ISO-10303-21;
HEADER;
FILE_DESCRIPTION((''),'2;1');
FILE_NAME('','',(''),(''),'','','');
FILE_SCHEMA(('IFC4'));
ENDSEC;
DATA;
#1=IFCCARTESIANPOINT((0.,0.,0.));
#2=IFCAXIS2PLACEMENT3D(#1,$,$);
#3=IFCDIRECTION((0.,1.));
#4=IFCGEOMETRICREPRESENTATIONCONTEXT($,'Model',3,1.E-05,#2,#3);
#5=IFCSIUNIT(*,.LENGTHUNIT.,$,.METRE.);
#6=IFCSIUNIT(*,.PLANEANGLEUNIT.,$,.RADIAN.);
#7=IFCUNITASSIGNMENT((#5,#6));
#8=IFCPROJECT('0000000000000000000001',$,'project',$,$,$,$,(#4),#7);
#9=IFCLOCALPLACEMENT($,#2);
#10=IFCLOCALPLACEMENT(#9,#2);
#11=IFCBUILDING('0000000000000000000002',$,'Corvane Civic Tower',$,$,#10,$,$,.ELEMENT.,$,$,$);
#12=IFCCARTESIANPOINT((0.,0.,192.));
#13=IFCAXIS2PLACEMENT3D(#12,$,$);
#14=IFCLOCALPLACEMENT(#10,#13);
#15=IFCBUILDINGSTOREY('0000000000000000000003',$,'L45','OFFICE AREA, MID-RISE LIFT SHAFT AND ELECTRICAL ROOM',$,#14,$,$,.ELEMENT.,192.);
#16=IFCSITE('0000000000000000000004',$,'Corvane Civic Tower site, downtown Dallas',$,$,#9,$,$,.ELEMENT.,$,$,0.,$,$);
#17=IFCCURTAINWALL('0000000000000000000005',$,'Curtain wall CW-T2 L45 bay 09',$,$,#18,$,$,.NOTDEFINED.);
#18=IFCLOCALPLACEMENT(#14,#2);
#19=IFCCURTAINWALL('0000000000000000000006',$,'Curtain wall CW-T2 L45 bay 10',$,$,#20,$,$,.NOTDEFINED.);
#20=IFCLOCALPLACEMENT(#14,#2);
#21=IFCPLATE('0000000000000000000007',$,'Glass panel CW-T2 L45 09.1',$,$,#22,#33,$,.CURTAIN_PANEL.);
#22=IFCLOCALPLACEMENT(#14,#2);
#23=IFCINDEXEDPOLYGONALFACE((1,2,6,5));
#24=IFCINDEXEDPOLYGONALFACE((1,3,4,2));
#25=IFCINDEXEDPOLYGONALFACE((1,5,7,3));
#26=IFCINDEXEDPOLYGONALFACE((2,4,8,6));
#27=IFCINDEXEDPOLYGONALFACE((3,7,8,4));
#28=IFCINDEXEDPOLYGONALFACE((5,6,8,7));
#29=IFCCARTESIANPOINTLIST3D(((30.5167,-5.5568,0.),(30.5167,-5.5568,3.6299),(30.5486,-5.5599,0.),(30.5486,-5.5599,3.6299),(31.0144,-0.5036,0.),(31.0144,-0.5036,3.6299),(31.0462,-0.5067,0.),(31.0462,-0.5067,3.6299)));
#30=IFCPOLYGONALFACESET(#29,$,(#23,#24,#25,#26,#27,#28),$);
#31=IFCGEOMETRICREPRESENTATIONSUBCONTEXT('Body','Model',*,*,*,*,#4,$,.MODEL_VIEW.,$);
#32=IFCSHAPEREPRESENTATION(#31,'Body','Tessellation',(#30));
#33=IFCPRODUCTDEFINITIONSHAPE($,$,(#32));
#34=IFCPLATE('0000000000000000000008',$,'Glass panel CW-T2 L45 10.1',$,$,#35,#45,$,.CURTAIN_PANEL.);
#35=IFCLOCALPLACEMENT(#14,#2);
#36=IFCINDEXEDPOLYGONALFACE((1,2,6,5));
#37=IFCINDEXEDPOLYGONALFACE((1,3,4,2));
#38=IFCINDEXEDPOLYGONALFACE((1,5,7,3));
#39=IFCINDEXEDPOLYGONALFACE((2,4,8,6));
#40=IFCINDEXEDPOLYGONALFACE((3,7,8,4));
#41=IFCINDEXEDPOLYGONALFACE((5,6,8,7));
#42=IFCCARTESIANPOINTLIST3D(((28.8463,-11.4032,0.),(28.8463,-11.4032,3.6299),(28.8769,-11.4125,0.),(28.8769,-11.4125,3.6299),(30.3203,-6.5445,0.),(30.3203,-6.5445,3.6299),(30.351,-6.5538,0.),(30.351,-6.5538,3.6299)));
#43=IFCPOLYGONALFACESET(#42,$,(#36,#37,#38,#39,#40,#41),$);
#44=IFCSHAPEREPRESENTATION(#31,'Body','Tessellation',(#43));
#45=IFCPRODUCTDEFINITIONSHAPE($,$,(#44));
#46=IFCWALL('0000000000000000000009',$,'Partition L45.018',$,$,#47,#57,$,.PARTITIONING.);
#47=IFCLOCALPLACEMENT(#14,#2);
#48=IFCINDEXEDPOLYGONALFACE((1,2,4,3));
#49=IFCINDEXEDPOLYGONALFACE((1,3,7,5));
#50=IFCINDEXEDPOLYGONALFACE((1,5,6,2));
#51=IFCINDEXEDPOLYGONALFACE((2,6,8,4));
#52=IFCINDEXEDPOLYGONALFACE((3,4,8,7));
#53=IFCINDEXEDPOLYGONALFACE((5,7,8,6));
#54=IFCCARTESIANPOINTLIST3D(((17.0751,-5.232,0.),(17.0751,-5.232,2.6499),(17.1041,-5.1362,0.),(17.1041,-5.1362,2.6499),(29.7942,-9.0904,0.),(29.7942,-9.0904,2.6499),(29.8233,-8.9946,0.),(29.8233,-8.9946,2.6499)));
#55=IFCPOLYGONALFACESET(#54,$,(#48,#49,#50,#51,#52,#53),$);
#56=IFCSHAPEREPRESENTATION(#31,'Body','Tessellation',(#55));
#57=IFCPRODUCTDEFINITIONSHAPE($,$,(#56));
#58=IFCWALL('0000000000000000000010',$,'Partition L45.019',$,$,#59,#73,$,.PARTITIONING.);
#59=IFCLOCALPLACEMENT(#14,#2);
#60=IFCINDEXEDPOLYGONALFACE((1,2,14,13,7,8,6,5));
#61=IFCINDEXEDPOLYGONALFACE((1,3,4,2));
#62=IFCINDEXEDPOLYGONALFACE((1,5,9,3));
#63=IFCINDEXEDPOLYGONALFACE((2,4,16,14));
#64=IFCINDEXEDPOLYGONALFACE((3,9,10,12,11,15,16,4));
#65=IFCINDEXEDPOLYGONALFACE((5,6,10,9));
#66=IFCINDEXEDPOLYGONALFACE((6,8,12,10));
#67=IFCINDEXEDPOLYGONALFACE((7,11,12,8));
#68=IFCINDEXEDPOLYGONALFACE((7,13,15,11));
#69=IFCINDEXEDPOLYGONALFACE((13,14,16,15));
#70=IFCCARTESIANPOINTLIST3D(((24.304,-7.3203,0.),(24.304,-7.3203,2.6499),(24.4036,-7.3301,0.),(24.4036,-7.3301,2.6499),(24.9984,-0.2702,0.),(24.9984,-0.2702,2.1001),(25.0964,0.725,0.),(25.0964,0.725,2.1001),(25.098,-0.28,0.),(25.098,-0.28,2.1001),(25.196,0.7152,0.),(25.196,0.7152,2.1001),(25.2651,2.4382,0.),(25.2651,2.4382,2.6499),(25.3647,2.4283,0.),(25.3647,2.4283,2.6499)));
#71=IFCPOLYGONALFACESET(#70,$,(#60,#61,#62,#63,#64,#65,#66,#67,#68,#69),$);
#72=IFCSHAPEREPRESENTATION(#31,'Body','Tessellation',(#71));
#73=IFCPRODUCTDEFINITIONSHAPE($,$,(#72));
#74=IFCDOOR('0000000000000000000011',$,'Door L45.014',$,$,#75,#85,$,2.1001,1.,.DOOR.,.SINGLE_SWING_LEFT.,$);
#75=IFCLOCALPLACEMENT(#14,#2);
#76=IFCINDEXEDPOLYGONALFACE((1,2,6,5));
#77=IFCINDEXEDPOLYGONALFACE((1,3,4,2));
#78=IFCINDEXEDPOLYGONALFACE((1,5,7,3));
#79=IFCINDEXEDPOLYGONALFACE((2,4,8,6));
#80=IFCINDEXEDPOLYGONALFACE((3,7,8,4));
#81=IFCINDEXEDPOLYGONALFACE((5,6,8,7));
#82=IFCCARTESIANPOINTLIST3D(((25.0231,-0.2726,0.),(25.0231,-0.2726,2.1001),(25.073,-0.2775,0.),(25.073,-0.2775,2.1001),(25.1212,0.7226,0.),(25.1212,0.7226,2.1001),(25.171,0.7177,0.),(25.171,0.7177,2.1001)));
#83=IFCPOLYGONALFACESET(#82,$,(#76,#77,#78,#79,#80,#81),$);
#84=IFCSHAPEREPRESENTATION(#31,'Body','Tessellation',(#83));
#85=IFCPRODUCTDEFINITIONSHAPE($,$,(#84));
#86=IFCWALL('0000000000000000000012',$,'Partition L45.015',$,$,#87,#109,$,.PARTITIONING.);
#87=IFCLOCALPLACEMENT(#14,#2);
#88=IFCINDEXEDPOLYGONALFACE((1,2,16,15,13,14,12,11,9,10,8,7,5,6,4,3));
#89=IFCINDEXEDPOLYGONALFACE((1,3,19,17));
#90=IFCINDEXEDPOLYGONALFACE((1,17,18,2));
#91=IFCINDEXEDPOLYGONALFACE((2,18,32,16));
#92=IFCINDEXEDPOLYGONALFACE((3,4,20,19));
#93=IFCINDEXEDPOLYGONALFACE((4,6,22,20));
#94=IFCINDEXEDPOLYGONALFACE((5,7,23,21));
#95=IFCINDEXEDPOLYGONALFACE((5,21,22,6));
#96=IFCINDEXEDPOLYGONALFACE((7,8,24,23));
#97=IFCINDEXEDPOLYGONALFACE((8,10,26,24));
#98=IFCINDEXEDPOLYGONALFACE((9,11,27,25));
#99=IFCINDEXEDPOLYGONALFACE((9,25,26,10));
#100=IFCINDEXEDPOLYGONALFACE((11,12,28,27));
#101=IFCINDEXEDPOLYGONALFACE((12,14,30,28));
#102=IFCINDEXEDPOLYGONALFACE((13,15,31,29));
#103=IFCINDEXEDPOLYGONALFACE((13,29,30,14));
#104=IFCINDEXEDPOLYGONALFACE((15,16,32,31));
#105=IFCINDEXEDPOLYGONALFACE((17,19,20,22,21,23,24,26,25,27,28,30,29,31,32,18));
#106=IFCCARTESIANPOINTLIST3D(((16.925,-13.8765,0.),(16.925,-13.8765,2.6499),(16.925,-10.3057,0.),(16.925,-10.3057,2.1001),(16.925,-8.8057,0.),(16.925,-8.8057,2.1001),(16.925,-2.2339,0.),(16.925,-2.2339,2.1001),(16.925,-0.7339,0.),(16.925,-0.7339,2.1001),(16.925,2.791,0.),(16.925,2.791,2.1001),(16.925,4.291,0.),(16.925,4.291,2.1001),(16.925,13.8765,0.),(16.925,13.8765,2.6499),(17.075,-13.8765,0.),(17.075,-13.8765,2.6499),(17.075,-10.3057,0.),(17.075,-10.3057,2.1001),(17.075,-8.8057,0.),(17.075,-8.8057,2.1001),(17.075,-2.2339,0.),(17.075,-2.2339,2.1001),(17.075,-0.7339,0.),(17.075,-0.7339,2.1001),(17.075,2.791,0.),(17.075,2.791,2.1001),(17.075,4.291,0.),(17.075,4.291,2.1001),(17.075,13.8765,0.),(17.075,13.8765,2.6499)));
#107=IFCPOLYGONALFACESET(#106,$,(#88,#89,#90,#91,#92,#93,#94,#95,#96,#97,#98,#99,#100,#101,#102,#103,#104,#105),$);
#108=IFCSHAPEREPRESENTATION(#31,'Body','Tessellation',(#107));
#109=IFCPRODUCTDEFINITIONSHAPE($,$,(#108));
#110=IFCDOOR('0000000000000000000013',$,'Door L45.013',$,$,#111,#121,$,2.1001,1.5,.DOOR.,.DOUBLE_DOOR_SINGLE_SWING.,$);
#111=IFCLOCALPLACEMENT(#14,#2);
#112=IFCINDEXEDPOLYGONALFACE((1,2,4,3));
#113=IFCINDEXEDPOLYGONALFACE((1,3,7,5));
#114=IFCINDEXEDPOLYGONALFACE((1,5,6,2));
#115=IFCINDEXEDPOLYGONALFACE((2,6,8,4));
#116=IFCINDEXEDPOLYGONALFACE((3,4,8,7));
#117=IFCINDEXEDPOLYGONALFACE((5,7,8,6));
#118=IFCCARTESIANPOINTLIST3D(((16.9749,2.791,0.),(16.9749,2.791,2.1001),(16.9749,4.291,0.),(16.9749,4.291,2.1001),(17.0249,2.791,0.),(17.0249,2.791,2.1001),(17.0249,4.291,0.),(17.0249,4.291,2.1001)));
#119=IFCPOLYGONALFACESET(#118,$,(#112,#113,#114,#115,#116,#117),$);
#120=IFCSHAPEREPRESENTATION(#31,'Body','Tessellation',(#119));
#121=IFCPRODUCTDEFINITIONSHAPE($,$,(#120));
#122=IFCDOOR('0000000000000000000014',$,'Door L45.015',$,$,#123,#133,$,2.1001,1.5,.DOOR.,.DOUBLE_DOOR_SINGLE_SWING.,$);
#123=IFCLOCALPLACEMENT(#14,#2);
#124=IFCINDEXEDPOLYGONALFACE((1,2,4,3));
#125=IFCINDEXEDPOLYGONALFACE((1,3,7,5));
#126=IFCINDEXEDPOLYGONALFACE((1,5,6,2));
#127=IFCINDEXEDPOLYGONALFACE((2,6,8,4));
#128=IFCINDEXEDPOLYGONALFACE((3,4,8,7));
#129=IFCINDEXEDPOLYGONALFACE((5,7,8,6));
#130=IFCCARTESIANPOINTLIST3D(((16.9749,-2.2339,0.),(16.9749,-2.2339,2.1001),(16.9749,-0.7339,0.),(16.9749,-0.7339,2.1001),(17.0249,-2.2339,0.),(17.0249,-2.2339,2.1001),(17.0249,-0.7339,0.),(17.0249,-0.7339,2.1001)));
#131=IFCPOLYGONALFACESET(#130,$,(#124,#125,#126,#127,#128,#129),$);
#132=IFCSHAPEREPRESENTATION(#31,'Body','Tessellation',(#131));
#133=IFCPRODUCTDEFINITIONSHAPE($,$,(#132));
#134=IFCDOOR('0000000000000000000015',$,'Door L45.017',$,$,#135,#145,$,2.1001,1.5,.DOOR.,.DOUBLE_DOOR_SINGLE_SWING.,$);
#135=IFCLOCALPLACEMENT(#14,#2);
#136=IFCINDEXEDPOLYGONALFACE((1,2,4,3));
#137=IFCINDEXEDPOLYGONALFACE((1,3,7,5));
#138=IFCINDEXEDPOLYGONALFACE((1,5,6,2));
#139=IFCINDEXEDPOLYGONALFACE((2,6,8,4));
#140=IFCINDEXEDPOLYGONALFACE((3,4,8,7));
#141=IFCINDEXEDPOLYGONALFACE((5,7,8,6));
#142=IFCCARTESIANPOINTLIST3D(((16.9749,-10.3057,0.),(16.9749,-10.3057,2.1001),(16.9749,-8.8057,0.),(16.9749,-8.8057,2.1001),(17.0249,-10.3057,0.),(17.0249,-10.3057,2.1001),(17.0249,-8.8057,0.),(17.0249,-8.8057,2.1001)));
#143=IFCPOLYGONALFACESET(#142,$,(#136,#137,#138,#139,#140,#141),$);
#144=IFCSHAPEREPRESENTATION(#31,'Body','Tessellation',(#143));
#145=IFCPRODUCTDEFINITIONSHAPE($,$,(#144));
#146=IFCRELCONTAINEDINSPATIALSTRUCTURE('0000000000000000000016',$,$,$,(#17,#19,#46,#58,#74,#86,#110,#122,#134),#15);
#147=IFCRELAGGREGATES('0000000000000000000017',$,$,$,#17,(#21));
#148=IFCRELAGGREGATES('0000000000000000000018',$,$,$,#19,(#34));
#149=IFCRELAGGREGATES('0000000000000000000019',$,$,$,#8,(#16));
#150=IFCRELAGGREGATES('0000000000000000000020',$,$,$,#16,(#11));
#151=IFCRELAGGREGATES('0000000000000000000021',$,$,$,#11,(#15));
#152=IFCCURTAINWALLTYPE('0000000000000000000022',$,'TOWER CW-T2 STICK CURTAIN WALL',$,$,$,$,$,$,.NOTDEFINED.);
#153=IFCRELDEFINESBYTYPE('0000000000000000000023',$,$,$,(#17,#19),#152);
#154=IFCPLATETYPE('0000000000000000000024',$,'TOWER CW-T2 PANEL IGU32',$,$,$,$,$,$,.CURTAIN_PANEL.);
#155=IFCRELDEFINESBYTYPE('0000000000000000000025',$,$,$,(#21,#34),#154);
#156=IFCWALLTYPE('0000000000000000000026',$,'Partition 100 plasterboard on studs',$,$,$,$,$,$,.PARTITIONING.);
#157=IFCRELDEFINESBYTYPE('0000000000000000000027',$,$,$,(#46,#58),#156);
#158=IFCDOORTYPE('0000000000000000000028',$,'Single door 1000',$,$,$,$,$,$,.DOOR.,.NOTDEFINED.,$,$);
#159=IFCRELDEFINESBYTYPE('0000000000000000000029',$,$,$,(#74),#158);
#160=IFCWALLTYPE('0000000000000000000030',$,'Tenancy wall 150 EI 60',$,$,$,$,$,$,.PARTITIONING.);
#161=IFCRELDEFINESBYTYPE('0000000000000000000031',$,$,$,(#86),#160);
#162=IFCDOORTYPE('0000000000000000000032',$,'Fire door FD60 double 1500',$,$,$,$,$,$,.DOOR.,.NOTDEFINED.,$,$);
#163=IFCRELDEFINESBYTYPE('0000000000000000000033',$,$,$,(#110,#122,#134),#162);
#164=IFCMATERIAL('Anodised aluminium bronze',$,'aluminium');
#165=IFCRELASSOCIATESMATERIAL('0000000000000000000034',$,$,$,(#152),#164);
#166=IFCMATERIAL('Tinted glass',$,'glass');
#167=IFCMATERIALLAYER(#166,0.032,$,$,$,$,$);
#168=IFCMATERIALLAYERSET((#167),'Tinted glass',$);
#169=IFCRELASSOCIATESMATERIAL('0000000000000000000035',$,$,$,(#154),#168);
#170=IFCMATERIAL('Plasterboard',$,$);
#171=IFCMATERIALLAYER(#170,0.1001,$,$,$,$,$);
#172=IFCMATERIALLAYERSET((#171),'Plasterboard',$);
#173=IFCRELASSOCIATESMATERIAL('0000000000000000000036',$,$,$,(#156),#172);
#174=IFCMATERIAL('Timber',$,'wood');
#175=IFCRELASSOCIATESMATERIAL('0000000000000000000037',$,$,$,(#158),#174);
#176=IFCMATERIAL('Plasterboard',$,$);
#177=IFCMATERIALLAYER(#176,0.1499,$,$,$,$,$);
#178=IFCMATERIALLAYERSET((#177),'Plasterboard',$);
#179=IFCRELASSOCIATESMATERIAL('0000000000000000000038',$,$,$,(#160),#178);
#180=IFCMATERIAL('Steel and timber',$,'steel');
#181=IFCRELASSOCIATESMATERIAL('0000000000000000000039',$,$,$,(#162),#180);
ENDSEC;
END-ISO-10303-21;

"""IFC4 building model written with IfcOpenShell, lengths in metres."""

from ifc_helpers import new_model, si_unit, direction, frame, frame_2d, origin, origin_2d, place, context, subcontext, project, spatial, rectangle, extrude, material, layer, layer_set, type_object, element, fill, aggregate, save


model = new_model("IFC4")

# Units and contexts
model_context = context("Model", 3, precision=1e-05, world=origin(), true_north=direction((0.0, 1.0)))
body_context = subcontext(model_context, "Body", "Model", "MODEL_VIEW")
ifc_project = project(units=[si_unit("LENGTHUNIT", "METRE"), si_unit("PLANEANGLEUNIT", "RADIAN")], contexts=[model_context])

# Site, building, storey
site_placement = place(None, origin())
site = spatial("IfcSite", under=ifc_project, at=site_placement, Name="Corvane Civic Tower site, downtown Dallas", CompositionType="ELEMENT", RefElevation=0.0)
building_placement = place(site_placement, origin())
building = spatial("IfcBuilding", under=site, at=building_placement, Name="Corvane Civic Tower", CompositionType="ELEMENT")
storey_placement = place(building_placement, frame((0.0, 0.0, 192.0)))
storey = spatial("IfcBuildingStorey", under=building, at=storey_placement, Name="L45", Description="OFFICE AREA, MID-RISE LIFT SHAFT AND ELECTRICAL ROOM", CompositionType="ELEMENT", Elevation=192.0)

# Curtain walls
ifc_material_1 = material(Name="Anodised aluminium bronze", Category="aluminium")
curtain_wall_type = type_object("IfcCurtainWallType", Name="TOWER CW-T2 STICK CURTAIN WALL", PredefinedType="NOTDEFINED", material=ifc_material_1)
curtain_wall_1_placement = place(storey_placement, origin())
curtain_wall_1 = element("IfcCurtainWall", 1, at=curtain_wall_1_placement, inside=storey, type_object=curtain_wall_type, Name="Curtain wall CW-T2 L45 bay 09", PredefinedType="NOTDEFINED")
curtain_wall_2_placement = place(storey_placement, origin())
curtain_wall_2 = element("IfcCurtainWall", 2, at=curtain_wall_2_placement, inside=storey, type_object=curtain_wall_type, Name="Curtain wall CW-T2 L45 bay 10", PredefinedType="NOTDEFINED")

# Plates
ifc_material_2 = material(Name="Tinted glass", Category="glass")
ifc_layer_1 = layer(ifc_material_2, 0.032)
ifc_layer_set_1 = layer_set([ifc_layer_1], Name="Tinted glass")
plate_type = type_object("IfcPlateType", Name="TOWER CW-T2 PANEL IGU32", PredefinedType="CURTAIN_PANEL", material=ifc_layer_set_1)
plate_1_placement = place(storey_placement, frame((30.7815, -3.0317, 0.0), z_axis=(0.0, 0.0, 1.0), x_axis=(-0.098012, -0.995185, 0.0)))
plate_1 = element("IfcPlate", 3, at=plate_1_placement, type_object=plate_type, Name="Glass panel CW-T2 L45 09.1", PredefinedType="CURTAIN_PANEL", context=body_context, shape_type="SweptSolid", body=[
    extrude(rectangle(XDim=5.0776, YDim=0.032, at=origin_2d()), origin(), (0.0, 0.0, 1.0), 3.6299),
])
aggregate(curtain_wall_1, [plate_1])
plate_2_placement = place(storey_placement, frame((29.5986, -8.9785, 0.0), z_axis=(0.0, 0.0, 1.0), x_axis=(-0.290313, -0.956932, 0.0)))
plate_2 = element("IfcPlate", 4, at=plate_2_placement, type_object=plate_type, Name="Glass panel CW-T2 L45 10.1", PredefinedType="CURTAIN_PANEL", context=body_context, shape_type="SweptSolid", body=[
    extrude(rectangle(XDim=5.0774, YDim=0.032, at=origin_2d()), origin(), (0.0, 0.0, 1.0), 3.6299),
])
aggregate(curtain_wall_2, [plate_2])

# Wall
ifc_material_3 = material(Name="Plasterboard")
ifc_layer_2 = layer(ifc_material_3, 0.1001)
ifc_layer_set_2 = layer_set([ifc_layer_2], Name="Plasterboard")
wall_type_1 = type_object("IfcWallType", Name="Partition 100 plasterboard on studs", PredefinedType="PARTITIONING", material=ifc_layer_set_2)
wall_1_placement = place(storey_placement, frame((17.0896, -5.1841, 0.0), z_axis=(0.0, 0.0, 1.0), x_axis=(0.956939, -0.290289, 0.0)))
element("IfcWall", 5, at=wall_1_placement, inside=storey, type_object=wall_type_1, Name="Partition L45.018", PredefinedType="PARTITIONING", context=body_context, shape_type="SweptSolid", body=[
    extrude(rectangle(XDim=13.2915, YDim=0.1001, at=frame_2d((6.6458, 0.0))), origin(), (0.0, 0.0, 1.0), 2.6499),
])

# Wall, opening, door
wall_2_placement = place(storey_placement, frame((24.3538, -7.3252, 0.0), z_axis=(0.0, 0.0, 1.0), x_axis=(0.098022, 0.995184, 0.0)))
wall_2 = element("IfcWall", 6, at=wall_2_placement, inside=storey, type_object=wall_type_1, Name="Partition L45.019", PredefinedType="PARTITIONING", context=body_context, shape_type="SweptSolid", body=[
    extrude(rectangle(XDim=9.8057, YDim=0.1001, at=frame_2d((4.9028, 0.0))), origin(), (0.0, 0.0, 1.0), 2.6499),
])
opening_1_placement = place(wall_2_placement, frame((7.0842, 0.0, 0.0)))
opening_1 = element("IfcOpeningElement", 7, at=opening_1_placement, cuts=wall_2, PredefinedType="OPENING", context=body_context, shape_type="SweptSolid", body=[
    extrude(rectangle(XDim=1.0, YDim=2.1001, at=frame_2d((0.5, 1.05))), frame((0.0, 0.0601, 0.0), z_axis=(0.0, -1.0, 0.0), x_axis=(1.0, 0.0, 0.0)), (0.0, 0.0, 1.0), 0.1201),
])
ifc_material_4 = material(Name="Timber", Category="wood")
door_type_1 = type_object("IfcDoorType", Name="Single door 1000", OperationType="NOTDEFINED", PredefinedType="DOOR", material=ifc_material_4)
door_1_placement = place(opening_1_placement, frame((1.0, 0.0, 0.0), z_axis=(0.0, 0.0, 1.0), x_axis=(-1.0, 0.0, 0.0)))
door_1 = element("IfcDoor", 8, at=door_1_placement, inside=storey, type_object=door_type_1, Name="Door L45.014", OperationType="SINGLE_SWING_LEFT", OverallHeight=2.1001, OverallWidth=1.0, PredefinedType="DOOR", context=body_context, shape_type="SweptSolid", body=[
    extrude(rectangle(XDim=1.0, YDim=2.1001, at=frame_2d((0.5, 1.05))), frame((0.0, 0.0249, 0.0), z_axis=(0.0, -1.0, 0.0), x_axis=(1.0, 0.0, 0.0)), (0.0, 0.0, 1.0), 0.05),
])
fill(opening_1, door_1)

# Wall, openings, doors
ifc_material_5 = material(Name="Plasterboard")
ifc_layer_3 = layer(ifc_material_5, 0.1499)
ifc_layer_set_3 = layer_set([ifc_layer_3], Name="Plasterboard")
wall_type_2 = type_object("IfcWallType", Name="Tenancy wall 150 EI 60", PredefinedType="PARTITIONING", material=ifc_layer_set_3)
wall_3_placement = place(storey_placement, frame((17.0, -13.8765, 0.0), z_axis=(0.0, 0.0, 1.0), x_axis=(0.0, 1.0, 0.0)))
wall_3 = element("IfcWall", 9, at=wall_3_placement, inside=storey, type_object=wall_type_2, Name="Partition L45.015", PredefinedType="PARTITIONING", context=body_context, shape_type="SweptSolid", body=[
    extrude(rectangle(XDim=27.7529, YDim=0.1499, at=frame_2d((13.8765, 0.0))), origin(), (0.0, 0.0, 1.0), 2.6499),
])
opening_2_placement = place(wall_3_placement, frame((16.6675, 0.0, 0.0)))
opening_2 = element("IfcOpeningElement", 10, at=opening_2_placement, cuts=wall_3, PredefinedType="OPENING", context=body_context, shape_type="SweptSolid", body=[
    extrude(rectangle(XDim=1.5, YDim=2.1001, at=frame_2d((0.75, 1.05))), frame((0.0, 0.085, 0.0), z_axis=(0.0, -1.0, 0.0), x_axis=(1.0, 0.0, 0.0)), (0.0, 0.0, 1.0), 0.1699),
])
opening_3_placement = place(wall_3_placement, frame((11.6426, 0.0, 0.0)))
opening_3 = element("IfcOpeningElement", 11, at=opening_3_placement, cuts=wall_3, PredefinedType="OPENING", context=body_context, shape_type="SweptSolid", body=[
    extrude(rectangle(XDim=1.5, YDim=2.1001, at=frame_2d((0.75, 1.05))), frame((0.0, 0.085, 0.0), z_axis=(0.0, -1.0, 0.0), x_axis=(1.0, 0.0, 0.0)), (0.0, 0.0, 1.0), 0.1699),
])
opening_4_placement = place(wall_3_placement, frame((3.5708, 0.0, 0.0)))
opening_4 = element("IfcOpeningElement", 12, at=opening_4_placement, cuts=wall_3, PredefinedType="OPENING", context=body_context, shape_type="SweptSolid", body=[
    extrude(rectangle(XDim=1.5, YDim=2.1001, at=frame_2d((0.75, 1.05))), frame((0.0, 0.085, 0.0), z_axis=(0.0, -1.0, 0.0), x_axis=(1.0, 0.0, 0.0)), (0.0, 0.0, 1.0), 0.1699),
])
ifc_material_6 = material(Name="Steel and timber", Category="steel")
door_type_2 = type_object("IfcDoorType", Name="Fire door FD60 double 1500", OperationType="NOTDEFINED", PredefinedType="DOOR", material=ifc_material_6)
door_2_placement = place(opening_2_placement, frame((1.5, 0.0, 0.0), z_axis=(0.0, 0.0, 1.0), x_axis=(-1.0, 0.0, 0.0)))
door_2 = element("IfcDoor", 13, at=door_2_placement, inside=storey, type_object=door_type_2, Name="Door L45.013", OperationType="DOUBLE_DOOR_SINGLE_SWING", OverallHeight=2.1001, OverallWidth=1.5, PredefinedType="DOOR", context=body_context, shape_type="SweptSolid", body=[
    extrude(rectangle(XDim=1.5, YDim=2.1001, at=frame_2d((0.75, 1.05))), frame((0.0, 0.0249, 0.0), z_axis=(0.0, -1.0, 0.0), x_axis=(1.0, 0.0, 0.0)), (0.0, 0.0, 1.0), 0.05),
])
fill(opening_2, door_2)
door_3_placement = place(opening_3_placement, frame((1.5, 0.0, 0.0), z_axis=(0.0, 0.0, 1.0), x_axis=(-1.0, 0.0, 0.0)))
door_3 = element("IfcDoor", 14, at=door_3_placement, inside=storey, type_object=door_type_2, Name="Door L45.015", OperationType="DOUBLE_DOOR_SINGLE_SWING", OverallHeight=2.1001, OverallWidth=1.5, PredefinedType="DOOR", context=body_context, shape_type="SweptSolid", body=[
    extrude(rectangle(XDim=1.5, YDim=2.1001, at=frame_2d((0.75, 1.05))), frame((0.0, 0.0249, 0.0), z_axis=(0.0, -1.0, 0.0), x_axis=(1.0, 0.0, 0.0)), (0.0, 0.0, 1.0), 0.05),
])
fill(opening_3, door_3)
door_4_placement = place(opening_4_placement, frame((1.5, 0.0, 0.0), z_axis=(0.0, 0.0, 1.0), x_axis=(-1.0, 0.0, 0.0)))
door_4 = element("IfcDoor", 15, at=door_4_placement, inside=storey, type_object=door_type_2, Name="Door L45.017", OperationType="DOUBLE_DOOR_SINGLE_SWING", OverallHeight=2.1001, OverallWidth=1.5, PredefinedType="DOOR", context=body_context, shape_type="SweptSolid", body=[
    extrude(rectangle(XDim=1.5, YDim=2.1001, at=frame_2d((0.75, 1.05))), frame((0.0, 0.0249, 0.0), z_axis=(0.0, -1.0, 0.0), x_axis=(1.0, 0.0, 0.0)), (0.0, 0.0, 1.0), 0.05),
])
fill(opening_4, door_4)

save(model, "model.ifc")
